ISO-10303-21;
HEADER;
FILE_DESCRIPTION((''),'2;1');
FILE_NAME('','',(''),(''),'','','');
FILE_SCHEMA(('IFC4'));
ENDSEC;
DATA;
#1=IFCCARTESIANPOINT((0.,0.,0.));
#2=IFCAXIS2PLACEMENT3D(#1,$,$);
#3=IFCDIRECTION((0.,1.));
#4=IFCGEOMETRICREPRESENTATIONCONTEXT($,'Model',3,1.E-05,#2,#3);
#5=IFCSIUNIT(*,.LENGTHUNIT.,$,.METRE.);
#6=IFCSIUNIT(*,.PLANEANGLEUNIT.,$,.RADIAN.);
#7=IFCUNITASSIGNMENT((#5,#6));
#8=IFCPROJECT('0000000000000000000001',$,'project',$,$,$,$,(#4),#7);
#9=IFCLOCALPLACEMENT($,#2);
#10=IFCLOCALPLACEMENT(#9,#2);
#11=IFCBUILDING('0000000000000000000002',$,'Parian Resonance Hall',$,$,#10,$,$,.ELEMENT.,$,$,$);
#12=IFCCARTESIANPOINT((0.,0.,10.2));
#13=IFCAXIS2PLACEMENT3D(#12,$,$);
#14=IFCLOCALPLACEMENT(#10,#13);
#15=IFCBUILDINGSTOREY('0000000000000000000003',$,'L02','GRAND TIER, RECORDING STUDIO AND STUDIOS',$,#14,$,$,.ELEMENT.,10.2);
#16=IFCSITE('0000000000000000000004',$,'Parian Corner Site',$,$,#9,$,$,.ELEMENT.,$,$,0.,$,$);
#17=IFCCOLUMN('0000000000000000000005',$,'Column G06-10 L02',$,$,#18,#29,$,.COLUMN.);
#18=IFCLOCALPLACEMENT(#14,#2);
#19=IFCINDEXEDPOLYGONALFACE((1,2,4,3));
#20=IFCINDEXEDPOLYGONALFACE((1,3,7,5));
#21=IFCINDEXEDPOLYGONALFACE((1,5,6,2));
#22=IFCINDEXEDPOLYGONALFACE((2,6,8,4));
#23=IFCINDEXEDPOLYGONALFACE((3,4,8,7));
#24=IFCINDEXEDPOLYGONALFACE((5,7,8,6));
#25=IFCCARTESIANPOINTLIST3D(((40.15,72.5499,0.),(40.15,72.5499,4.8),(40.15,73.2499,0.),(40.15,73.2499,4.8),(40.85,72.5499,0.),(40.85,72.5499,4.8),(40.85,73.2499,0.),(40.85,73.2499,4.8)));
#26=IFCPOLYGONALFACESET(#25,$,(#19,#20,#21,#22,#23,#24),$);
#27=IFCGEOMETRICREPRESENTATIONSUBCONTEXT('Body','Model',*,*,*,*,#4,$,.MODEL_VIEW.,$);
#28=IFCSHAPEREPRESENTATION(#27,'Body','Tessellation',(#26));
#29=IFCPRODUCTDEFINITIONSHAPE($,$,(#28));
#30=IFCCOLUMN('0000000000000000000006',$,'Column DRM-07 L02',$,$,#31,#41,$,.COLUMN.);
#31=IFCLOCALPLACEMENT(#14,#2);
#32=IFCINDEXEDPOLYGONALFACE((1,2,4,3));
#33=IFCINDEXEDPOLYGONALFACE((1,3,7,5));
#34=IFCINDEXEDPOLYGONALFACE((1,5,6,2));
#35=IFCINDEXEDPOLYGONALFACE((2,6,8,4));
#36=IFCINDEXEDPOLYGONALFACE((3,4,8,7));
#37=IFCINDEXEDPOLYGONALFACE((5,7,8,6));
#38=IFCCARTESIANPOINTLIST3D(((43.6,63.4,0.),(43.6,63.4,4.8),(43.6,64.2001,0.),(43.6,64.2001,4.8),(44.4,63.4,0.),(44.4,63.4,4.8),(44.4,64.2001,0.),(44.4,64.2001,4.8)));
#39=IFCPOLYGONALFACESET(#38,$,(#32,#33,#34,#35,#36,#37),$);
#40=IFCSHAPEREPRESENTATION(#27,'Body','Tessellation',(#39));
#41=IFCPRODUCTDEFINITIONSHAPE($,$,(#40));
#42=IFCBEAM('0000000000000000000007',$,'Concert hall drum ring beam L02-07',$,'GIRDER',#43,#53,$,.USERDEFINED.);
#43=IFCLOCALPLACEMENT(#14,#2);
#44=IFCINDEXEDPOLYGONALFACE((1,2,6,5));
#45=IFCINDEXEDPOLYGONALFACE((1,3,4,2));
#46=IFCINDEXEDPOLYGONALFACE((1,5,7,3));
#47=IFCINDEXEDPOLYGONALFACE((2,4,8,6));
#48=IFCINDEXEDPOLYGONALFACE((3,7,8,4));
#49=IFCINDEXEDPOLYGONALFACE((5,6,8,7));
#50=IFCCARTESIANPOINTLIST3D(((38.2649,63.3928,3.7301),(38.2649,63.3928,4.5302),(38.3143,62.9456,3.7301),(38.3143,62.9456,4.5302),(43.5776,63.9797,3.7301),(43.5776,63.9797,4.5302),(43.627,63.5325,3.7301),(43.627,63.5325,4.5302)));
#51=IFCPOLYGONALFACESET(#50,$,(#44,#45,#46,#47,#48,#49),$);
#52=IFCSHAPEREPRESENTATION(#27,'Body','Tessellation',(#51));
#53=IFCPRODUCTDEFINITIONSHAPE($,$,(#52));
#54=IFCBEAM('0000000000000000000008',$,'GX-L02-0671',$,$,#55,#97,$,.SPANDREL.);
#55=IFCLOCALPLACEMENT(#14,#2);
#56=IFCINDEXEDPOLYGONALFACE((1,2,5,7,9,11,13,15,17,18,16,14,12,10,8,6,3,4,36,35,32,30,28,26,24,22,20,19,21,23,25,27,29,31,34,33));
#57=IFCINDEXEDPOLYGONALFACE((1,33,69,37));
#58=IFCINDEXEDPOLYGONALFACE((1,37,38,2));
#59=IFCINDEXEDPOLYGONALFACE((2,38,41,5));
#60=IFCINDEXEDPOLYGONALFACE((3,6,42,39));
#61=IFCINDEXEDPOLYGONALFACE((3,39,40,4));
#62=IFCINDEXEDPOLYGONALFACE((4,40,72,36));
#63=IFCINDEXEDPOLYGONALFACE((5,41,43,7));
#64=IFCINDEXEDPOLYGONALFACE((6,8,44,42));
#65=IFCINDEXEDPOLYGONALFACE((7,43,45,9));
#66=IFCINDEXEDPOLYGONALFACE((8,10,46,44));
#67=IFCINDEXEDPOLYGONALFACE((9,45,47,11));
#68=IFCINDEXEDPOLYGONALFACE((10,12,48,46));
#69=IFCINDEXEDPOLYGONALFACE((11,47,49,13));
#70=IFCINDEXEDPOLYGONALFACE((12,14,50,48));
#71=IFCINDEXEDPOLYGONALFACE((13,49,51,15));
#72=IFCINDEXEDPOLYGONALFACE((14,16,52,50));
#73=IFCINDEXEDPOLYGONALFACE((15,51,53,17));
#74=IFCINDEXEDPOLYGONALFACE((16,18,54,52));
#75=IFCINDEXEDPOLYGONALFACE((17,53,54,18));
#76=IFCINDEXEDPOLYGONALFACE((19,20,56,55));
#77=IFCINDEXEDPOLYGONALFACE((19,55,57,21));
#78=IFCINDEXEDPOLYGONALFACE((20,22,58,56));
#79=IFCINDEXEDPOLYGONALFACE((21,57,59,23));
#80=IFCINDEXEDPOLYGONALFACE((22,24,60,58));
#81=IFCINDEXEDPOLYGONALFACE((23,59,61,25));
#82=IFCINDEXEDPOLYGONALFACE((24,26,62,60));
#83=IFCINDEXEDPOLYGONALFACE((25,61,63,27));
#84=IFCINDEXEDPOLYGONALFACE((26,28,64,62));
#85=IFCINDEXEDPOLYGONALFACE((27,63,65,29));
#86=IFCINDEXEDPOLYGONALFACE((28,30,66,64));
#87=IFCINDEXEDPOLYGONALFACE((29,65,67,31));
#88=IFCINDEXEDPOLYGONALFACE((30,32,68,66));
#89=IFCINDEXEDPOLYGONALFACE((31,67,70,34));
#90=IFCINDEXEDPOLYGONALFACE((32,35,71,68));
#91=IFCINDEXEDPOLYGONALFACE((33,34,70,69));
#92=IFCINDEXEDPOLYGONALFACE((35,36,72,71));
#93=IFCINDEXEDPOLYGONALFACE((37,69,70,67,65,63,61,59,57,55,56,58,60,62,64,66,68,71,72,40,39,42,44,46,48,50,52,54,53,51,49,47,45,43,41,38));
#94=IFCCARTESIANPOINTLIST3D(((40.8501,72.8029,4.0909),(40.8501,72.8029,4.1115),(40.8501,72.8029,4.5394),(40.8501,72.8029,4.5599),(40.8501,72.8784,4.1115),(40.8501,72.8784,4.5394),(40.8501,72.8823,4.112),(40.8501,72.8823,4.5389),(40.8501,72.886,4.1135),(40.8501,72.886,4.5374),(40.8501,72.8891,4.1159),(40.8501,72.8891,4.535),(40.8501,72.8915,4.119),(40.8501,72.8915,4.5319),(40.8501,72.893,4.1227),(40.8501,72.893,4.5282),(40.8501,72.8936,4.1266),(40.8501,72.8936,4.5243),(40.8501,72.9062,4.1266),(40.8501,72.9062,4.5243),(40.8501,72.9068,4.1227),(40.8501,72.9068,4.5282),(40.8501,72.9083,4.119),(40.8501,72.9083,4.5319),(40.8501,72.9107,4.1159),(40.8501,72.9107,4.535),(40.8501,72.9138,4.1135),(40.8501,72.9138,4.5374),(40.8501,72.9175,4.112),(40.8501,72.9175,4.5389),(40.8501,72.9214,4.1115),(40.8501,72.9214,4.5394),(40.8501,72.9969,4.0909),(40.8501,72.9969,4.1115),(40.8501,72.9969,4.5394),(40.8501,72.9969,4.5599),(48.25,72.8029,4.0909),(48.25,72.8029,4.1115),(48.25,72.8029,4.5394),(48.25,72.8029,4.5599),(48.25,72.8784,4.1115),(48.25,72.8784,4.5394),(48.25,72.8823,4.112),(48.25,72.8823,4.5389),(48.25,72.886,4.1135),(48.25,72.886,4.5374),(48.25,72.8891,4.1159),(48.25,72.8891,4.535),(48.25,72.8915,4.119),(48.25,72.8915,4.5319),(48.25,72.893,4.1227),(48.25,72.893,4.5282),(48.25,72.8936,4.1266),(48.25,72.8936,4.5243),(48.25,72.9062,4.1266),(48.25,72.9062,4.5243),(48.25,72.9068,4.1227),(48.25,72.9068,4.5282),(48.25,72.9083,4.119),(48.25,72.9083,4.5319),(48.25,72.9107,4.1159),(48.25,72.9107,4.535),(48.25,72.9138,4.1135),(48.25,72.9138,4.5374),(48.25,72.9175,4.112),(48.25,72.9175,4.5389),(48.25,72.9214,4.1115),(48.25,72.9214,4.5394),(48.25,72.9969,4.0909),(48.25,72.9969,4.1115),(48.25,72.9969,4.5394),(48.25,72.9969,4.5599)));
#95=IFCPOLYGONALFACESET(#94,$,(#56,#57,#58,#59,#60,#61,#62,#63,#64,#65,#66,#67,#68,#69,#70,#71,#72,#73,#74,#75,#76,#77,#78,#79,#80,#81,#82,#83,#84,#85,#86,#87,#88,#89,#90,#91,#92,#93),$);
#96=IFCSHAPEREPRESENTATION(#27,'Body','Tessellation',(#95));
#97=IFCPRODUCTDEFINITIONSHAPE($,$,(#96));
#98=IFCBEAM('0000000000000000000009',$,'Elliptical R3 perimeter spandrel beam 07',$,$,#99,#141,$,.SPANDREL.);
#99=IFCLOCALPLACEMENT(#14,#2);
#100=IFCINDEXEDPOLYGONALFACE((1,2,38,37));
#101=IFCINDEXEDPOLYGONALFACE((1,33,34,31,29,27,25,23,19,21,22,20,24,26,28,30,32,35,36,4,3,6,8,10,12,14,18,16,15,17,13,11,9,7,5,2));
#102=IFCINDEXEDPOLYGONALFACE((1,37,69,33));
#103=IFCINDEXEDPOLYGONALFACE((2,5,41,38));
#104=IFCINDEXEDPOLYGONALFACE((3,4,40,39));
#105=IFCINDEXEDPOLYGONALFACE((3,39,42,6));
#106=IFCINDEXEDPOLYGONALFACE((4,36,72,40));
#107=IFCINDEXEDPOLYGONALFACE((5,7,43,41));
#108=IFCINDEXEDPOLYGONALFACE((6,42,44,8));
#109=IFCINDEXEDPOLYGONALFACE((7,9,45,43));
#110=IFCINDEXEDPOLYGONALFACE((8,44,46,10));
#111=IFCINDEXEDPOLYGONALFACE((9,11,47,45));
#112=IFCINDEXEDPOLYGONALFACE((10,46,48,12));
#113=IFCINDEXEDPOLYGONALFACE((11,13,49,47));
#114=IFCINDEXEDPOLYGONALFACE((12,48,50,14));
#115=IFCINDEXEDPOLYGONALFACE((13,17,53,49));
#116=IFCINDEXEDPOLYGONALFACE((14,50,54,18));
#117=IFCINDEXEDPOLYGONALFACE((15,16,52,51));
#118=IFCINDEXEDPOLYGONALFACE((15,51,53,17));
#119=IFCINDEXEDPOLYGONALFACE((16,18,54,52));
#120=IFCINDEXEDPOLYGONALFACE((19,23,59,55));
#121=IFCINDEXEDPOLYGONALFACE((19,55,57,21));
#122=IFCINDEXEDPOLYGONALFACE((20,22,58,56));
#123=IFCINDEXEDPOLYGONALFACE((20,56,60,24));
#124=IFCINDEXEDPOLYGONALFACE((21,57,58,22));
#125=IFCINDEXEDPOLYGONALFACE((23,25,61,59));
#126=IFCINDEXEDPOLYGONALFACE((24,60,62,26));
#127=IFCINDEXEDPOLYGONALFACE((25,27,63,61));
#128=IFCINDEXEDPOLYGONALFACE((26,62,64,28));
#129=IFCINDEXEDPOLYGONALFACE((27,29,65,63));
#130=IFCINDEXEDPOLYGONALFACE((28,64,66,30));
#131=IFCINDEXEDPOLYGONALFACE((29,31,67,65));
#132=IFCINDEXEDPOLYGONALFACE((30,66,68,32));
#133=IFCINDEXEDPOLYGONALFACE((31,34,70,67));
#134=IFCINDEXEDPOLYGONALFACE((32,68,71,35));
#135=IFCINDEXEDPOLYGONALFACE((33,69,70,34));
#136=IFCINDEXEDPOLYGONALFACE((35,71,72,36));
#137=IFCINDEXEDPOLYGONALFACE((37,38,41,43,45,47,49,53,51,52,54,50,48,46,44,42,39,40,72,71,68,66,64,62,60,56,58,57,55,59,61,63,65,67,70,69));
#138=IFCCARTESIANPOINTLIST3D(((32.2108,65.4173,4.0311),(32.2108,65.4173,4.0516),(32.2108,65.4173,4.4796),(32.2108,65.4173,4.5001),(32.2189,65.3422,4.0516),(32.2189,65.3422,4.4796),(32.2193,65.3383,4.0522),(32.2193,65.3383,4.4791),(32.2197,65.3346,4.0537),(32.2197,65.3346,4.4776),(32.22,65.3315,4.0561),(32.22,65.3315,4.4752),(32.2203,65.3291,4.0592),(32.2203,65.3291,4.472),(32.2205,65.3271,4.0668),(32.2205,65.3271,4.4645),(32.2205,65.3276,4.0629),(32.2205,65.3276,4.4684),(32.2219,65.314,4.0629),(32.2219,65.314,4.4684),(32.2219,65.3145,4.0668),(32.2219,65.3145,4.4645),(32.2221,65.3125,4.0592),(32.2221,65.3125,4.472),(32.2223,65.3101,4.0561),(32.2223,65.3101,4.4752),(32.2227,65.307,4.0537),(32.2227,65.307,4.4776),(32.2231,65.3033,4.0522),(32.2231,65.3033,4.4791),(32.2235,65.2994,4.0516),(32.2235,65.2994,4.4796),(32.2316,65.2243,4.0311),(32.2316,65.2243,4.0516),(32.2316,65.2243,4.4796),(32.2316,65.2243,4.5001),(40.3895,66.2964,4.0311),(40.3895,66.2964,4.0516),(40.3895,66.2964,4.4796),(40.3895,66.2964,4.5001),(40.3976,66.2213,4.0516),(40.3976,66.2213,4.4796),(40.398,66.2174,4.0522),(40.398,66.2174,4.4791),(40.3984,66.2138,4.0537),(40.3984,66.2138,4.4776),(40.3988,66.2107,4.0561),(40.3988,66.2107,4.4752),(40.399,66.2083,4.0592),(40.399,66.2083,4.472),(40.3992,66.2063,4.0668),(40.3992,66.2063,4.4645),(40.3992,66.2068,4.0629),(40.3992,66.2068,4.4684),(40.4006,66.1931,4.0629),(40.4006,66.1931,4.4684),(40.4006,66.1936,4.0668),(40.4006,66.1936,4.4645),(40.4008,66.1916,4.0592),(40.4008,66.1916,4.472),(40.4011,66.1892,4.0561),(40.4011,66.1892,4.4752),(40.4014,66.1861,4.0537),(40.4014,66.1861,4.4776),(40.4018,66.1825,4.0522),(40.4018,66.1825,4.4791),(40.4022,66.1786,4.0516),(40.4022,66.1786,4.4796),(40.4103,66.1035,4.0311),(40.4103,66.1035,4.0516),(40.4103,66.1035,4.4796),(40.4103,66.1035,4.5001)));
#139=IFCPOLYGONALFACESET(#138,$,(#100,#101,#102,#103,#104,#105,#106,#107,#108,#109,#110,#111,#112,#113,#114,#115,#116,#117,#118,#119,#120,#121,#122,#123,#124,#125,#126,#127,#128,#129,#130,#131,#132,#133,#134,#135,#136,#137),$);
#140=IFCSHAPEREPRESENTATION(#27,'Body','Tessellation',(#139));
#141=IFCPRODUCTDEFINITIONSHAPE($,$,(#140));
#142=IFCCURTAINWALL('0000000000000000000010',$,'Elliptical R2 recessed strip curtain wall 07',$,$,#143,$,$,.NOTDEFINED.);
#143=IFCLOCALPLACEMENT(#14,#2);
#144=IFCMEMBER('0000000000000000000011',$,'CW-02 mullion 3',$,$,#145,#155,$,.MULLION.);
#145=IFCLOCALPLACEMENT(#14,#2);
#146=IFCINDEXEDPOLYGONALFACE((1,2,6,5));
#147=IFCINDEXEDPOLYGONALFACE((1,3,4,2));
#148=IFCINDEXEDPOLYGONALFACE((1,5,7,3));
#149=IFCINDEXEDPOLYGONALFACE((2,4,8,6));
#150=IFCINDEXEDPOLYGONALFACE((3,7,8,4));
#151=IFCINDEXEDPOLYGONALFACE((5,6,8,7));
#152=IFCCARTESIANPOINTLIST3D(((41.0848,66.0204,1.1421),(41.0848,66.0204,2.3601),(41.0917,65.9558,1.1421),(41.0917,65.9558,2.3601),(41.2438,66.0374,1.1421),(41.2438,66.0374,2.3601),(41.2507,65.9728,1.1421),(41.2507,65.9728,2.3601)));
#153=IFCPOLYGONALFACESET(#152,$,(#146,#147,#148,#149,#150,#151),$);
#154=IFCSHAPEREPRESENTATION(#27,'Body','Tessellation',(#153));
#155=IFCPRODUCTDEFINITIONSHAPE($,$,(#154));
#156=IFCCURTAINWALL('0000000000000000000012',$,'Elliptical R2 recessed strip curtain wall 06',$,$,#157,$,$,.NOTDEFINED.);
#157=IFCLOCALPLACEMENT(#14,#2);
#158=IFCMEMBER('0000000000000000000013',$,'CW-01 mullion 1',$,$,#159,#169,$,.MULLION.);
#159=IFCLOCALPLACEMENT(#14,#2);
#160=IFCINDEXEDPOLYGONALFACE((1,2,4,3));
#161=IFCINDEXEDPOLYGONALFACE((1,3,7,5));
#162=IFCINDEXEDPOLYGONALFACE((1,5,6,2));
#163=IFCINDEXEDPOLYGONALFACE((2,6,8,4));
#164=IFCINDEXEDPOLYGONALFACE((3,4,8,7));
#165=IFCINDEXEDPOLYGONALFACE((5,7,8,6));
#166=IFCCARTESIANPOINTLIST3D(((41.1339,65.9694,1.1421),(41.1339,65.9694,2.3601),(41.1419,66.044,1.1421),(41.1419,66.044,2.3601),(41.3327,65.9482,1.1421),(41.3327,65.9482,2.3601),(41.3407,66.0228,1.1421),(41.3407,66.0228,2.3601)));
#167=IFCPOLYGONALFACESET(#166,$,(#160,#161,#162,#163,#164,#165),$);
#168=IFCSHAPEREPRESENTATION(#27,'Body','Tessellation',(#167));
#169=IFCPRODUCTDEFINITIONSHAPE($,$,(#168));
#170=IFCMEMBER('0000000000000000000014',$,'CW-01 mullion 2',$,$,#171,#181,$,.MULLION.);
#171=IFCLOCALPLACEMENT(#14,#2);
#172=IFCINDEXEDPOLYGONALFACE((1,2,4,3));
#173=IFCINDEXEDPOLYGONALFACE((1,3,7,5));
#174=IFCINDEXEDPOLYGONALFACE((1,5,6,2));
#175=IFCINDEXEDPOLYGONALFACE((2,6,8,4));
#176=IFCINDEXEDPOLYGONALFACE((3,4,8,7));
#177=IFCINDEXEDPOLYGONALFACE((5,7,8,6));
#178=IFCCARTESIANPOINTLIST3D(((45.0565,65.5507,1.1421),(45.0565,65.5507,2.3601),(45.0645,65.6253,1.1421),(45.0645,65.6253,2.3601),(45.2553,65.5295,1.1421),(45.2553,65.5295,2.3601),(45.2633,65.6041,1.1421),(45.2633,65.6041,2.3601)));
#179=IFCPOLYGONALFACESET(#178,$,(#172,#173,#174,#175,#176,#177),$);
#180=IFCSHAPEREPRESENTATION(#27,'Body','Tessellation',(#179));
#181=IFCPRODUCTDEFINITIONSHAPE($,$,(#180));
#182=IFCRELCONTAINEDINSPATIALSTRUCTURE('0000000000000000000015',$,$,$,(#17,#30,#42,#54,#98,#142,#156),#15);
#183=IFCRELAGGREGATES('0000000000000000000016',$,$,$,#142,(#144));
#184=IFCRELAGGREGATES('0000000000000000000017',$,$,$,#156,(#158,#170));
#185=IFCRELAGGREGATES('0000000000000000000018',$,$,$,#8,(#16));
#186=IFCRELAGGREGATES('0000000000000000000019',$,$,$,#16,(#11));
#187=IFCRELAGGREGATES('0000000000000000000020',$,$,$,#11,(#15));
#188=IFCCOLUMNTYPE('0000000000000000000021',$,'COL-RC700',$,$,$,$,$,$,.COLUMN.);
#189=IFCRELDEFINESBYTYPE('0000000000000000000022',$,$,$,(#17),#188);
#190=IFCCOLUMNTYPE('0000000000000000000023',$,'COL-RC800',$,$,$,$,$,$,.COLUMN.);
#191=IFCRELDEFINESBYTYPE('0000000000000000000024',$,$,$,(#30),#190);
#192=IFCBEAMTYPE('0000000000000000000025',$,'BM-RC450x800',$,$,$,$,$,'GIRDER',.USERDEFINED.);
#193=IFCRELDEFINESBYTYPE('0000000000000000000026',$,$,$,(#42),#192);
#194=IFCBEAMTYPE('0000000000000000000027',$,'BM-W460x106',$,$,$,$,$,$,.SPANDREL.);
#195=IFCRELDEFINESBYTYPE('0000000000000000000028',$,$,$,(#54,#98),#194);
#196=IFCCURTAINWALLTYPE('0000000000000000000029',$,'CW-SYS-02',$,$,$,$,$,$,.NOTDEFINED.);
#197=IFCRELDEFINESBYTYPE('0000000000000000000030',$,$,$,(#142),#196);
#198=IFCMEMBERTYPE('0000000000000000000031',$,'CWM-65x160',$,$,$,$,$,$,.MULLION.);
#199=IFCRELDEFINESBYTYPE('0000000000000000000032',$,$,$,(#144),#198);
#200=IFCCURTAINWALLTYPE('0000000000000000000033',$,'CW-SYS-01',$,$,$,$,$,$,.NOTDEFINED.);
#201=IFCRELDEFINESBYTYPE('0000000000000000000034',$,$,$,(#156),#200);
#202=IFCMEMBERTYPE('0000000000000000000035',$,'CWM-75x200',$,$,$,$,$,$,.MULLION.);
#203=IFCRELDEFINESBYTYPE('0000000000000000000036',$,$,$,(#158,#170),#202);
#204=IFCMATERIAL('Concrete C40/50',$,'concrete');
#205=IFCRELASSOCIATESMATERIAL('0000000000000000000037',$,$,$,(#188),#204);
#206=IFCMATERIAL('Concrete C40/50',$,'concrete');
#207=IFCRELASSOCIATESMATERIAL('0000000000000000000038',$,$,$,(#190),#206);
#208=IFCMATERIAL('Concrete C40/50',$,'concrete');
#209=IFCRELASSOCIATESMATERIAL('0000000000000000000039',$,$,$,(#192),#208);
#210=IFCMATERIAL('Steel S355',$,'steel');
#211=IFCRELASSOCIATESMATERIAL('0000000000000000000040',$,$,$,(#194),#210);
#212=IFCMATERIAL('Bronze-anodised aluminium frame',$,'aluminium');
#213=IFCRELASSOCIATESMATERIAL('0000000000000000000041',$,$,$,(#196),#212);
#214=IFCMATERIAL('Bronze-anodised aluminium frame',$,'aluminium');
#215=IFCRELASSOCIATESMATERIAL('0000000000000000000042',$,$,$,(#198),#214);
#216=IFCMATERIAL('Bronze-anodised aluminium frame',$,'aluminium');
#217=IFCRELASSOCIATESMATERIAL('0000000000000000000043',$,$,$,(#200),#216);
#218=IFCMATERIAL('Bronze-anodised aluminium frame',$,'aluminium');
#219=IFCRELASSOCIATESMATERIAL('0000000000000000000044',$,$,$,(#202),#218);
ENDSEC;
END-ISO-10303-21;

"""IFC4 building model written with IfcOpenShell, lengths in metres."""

from ifc_helpers import new_model, si_unit, direction, frame, origin, origin_2d, place, context, subcontext, project, spatial, rectangle, i_section, extrude, material, material_profile, profile_set, type_object, element, aggregate, save


model = new_model("IFC4")

# Units and contexts
model_context = context("Model", 3, precision=1e-05, world=origin(), true_north=direction((0.0, 1.0)))
body_context = subcontext(model_context, "Body", "Model", "MODEL_VIEW")
ifc_project = project(units=[si_unit("LENGTHUNIT", "METRE"), si_unit("PLANEANGLEUNIT", "RADIAN")], contexts=[model_context])

# Site, building, storey
site_placement = place(None, origin())
site = spatial("IfcSite", under=ifc_project, at=site_placement, Name="Parian Corner Site", CompositionType="ELEMENT", RefElevation=0.0)
building_placement = place(site_placement, origin())
building = spatial("IfcBuilding", under=site, at=building_placement, Name="Parian Resonance Hall", CompositionType="ELEMENT")
storey_placement = place(building_placement, frame((0.0, 0.0, 10.2)))
storey = spatial("IfcBuildingStorey", under=building, at=storey_placement, Name="L02", Description="GRAND TIER, RECORDING STUDIO AND STUDIOS", CompositionType="ELEMENT", Elevation=10.2)

# Columns
ifc_material_1 = material(Name="Concrete C40/50", Category="concrete")
ifc_material_profile_1 = material_profile(ifc_material_1, rectangle(XDim=0.7, YDim=0.7, at=origin_2d()), Name="RC-COL-700x700")
ifc_profile_set_1 = profile_set([ifc_material_profile_1], Name="Concrete C40/50")
column_type_1 = type_object("IfcColumnType", Name="COL-RC700", PredefinedType="COLUMN", material=ifc_profile_set_1)
column_1_placement = place(storey_placement, frame((40.5, 72.8999, 0.0), z_axis=(0.0, 0.0, 1.0), x_axis=(1.0, 0.0, 0.0)))
element("IfcColumn", 1, at=column_1_placement, inside=storey, type_object=column_type_1, Name="Column G06-10 L02", PredefinedType="COLUMN", context=body_context, shape_type="SweptSolid", body=[
    extrude(rectangle(XDim=0.7, YDim=0.7, at=origin_2d()), origin(), (0.0, 0.0, 1.0), 4.8),
])
ifc_material_2 = material(Name="Concrete C40/50", Category="concrete")
ifc_material_profile_2 = material_profile(ifc_material_2, rectangle(XDim=0.8, YDim=0.8, at=origin_2d()), Name="RC-COL-800x800")
ifc_profile_set_2 = profile_set([ifc_material_profile_2], Name="Concrete C40/50")
column_type_2 = type_object("IfcColumnType", Name="COL-RC800", PredefinedType="COLUMN", material=ifc_profile_set_2)
column_2_placement = place(storey_placement, frame((44.0, 63.8, 0.0), z_axis=(0.0, 0.0, 1.0), x_axis=(1.0, 0.0, 0.0)))
element("IfcColumn", 2, at=column_2_placement, inside=storey, type_object=column_type_2, Name="Column DRM-07 L02", PredefinedType="COLUMN", context=body_context, shape_type="SweptSolid", body=[
    extrude(rectangle(XDim=0.8, YDim=0.8, at=origin_2d()), origin(), (0.0, 0.0, 1.0), 4.8),
])

# Beams
ifc_material_3 = material(Name="Concrete C40/50", Category="concrete")
ifc_material_profile_3 = material_profile(ifc_material_3, rectangle(XDim=0.45, YDim=0.8, at=origin_2d()), Name="RC-BM-450x800")
ifc_profile_set_3 = profile_set([ifc_material_profile_3], Name="Concrete C40/50")
beam_type_1 = type_object("IfcBeamType", Name="BM-RC450x800", ElementType="GIRDER", PredefinedType="USERDEFINED", material=ifc_profile_set_3)
beam_1_placement = place(storey_placement, frame((43.6023, 63.7561, 4.1301), z_axis=(-0.993953, -0.109805, 0.0), x_axis=(0.109805, -0.993953, 0.0)))
element("IfcBeam", 3, at=beam_1_placement, inside=storey, type_object=beam_type_1, Name="Concert hall drum ring beam L02-07", ObjectType="GIRDER", PredefinedType="USERDEFINED", context=body_context, shape_type="SweptSolid", body=[
    extrude(rectangle(XDim=0.45, YDim=0.8, at=origin_2d()), origin(), (0.0, 0.0, 1.0), 5.345),
])
ifc_material_4 = material(Name="Steel S355", Category="steel")
ifc_material_profile_4 = material_profile(ifc_material_4, i_section(OverallWidth=0.1941, OverallDepth=0.469, WebThickness=0.0127, FlangeThickness=0.0205, FilletRadius=0.0151, at=origin_2d()), Name="W460x106")
ifc_profile_set_4 = profile_set([ifc_material_profile_4], Name="Steel S355")
beam_type_2 = type_object("IfcBeamType", Name="BM-W460x106", PredefinedType="SPANDREL", material=ifc_profile_set_4)
beam_2_placement = place(storey_placement, frame((40.8501, 72.8999, 4.3254), z_axis=(1.0, 0.0, 0.0), x_axis=(0.0, 1.0, 0.0)))
element("IfcBeam", 4, at=beam_2_placement, inside=storey, type_object=beam_type_2, Name="GX-L02-0671", PredefinedType="SPANDREL", context=body_context, shape_type="SweptSolid", body=[
    extrude(i_section(OverallWidth=0.1941, OverallDepth=0.469, WebThickness=0.0127, FlangeThickness=0.0205, FilletRadius=0.0151, at=origin_2d()), origin(), (0.0, 0.0, 1.0), 7.3999),
])
beam_3_placement = place(storey_placement, frame((40.3999, 66.2, 4.2656), z_axis=(-0.994272, -0.106877, 0.0), x_axis=(0.106877, -0.994272, 0.0)))
element("IfcBeam", 5, at=beam_3_placement, inside=storey, type_object=beam_type_2, Name="Elliptical R3 perimeter spandrel beam 07", PredefinedType="SPANDREL", context=body_context, shape_type="SweptSolid", body=[
    extrude(i_section(OverallWidth=0.1941, OverallDepth=0.469, WebThickness=0.0127, FlangeThickness=0.0205, FilletRadius=0.0151, at=origin_2d()), origin(), (0.0, 0.0, 1.0), 8.2258),
])

# Curtain wall, member
ifc_material_5 = material(Name="Bronze-anodised aluminium frame", Category="aluminium")
curtain_wall_type_1 = type_object("IfcCurtainWallType", Name="CW-SYS-02", PredefinedType="NOTDEFINED", material=ifc_material_5)
curtain_wall_1_placement = place(storey_placement, origin())
curtain_wall_1 = element("IfcCurtainWall", 6, at=curtain_wall_1_placement, inside=storey, type_object=curtain_wall_type_1, Name="Elliptical R2 recessed strip curtain wall 07", PredefinedType="NOTDEFINED")
ifc_material_6 = material(Name="Bronze-anodised aluminium frame", Category="aluminium")
ifc_material_profile_5 = material_profile(ifc_material_6, rectangle(XDim=0.0649, YDim=0.1599, at=origin_2d()), Name="CWM-65x160")
ifc_profile_set_5 = profile_set([ifc_material_profile_5], Name="Bronze-anodised aluminium frame")
member_type_1 = type_object("IfcMemberType", Name="CWM-65x160", PredefinedType="MULLION", material=ifc_profile_set_5)
member_1_placement = place(storey_placement, frame((41.1677, 65.9966, 1.1421), z_axis=(0.0, 0.0, 1.0), x_axis=(-0.106091, 0.994356, 0.0)))
member_1 = element("IfcMember", 7, at=member_1_placement, type_object=member_type_1, Name="CW-02 mullion 3", PredefinedType="MULLION", context=body_context, shape_type="SweptSolid", body=[
    extrude(rectangle(XDim=0.0649, YDim=0.1599, at=origin_2d()), origin(), (0.0, 0.0, 1.0), 1.218),
])
aggregate(curtain_wall_1, [member_1])

# Curtain wall, members
ifc_material_7 = material(Name="Bronze-anodised aluminium frame", Category="aluminium")
curtain_wall_type_2 = type_object("IfcCurtainWallType", Name="CW-SYS-01", PredefinedType="NOTDEFINED", material=ifc_material_7)
curtain_wall_2_placement = place(storey_placement, origin())
curtain_wall_2 = element("IfcCurtainWall", 8, at=curtain_wall_2_placement, inside=storey, type_object=curtain_wall_type_2, Name="Elliptical R2 recessed strip curtain wall 06", PredefinedType="NOTDEFINED")
ifc_material_8 = material(Name="Bronze-anodised aluminium frame", Category="aluminium")
ifc_material_profile_6 = material_profile(ifc_material_8, rectangle(XDim=0.075, YDim=0.2, at=origin_2d()), Name="CWM-75x200")
ifc_profile_set_6 = profile_set([ifc_material_profile_6], Name="Bronze-anodised aluminium frame")
member_type_2 = type_object("IfcMemberType", Name="CWM-75x200", PredefinedType="MULLION", material=ifc_profile_set_6)
member_2_placement = place(storey_placement, frame((41.2373, 65.9961, 1.1421), z_axis=(0.0, 0.0, 1.0), x_axis=(0.106091, 0.994356, 0.0)))
member_2 = element("IfcMember", 9, at=member_2_placement, type_object=member_type_2, Name="CW-01 mullion 1", PredefinedType="MULLION", context=body_context, shape_type="SweptSolid", body=[
    extrude(rectangle(XDim=0.075, YDim=0.2, at=origin_2d()), origin(), (0.0, 0.0, 1.0), 1.218),
])
member_3_placement = place(storey_placement, frame((45.1599, 65.5774, 1.1421), z_axis=(0.0, 0.0, 1.0), x_axis=(0.106091, 0.994356, 0.0)))
member_3 = element("IfcMember", 10, at=member_3_placement, type_object=member_type_2, Name="CW-01 mullion 2", PredefinedType="MULLION", context=body_context, shape_type="SweptSolid", body=[
    extrude(rectangle(XDim=0.075, YDim=0.2, at=origin_2d()), origin(), (0.0, 0.0, 1.0), 1.218),
])
aggregate(curtain_wall_2, [member_2, member_3])

save(model, "model.ifc")
